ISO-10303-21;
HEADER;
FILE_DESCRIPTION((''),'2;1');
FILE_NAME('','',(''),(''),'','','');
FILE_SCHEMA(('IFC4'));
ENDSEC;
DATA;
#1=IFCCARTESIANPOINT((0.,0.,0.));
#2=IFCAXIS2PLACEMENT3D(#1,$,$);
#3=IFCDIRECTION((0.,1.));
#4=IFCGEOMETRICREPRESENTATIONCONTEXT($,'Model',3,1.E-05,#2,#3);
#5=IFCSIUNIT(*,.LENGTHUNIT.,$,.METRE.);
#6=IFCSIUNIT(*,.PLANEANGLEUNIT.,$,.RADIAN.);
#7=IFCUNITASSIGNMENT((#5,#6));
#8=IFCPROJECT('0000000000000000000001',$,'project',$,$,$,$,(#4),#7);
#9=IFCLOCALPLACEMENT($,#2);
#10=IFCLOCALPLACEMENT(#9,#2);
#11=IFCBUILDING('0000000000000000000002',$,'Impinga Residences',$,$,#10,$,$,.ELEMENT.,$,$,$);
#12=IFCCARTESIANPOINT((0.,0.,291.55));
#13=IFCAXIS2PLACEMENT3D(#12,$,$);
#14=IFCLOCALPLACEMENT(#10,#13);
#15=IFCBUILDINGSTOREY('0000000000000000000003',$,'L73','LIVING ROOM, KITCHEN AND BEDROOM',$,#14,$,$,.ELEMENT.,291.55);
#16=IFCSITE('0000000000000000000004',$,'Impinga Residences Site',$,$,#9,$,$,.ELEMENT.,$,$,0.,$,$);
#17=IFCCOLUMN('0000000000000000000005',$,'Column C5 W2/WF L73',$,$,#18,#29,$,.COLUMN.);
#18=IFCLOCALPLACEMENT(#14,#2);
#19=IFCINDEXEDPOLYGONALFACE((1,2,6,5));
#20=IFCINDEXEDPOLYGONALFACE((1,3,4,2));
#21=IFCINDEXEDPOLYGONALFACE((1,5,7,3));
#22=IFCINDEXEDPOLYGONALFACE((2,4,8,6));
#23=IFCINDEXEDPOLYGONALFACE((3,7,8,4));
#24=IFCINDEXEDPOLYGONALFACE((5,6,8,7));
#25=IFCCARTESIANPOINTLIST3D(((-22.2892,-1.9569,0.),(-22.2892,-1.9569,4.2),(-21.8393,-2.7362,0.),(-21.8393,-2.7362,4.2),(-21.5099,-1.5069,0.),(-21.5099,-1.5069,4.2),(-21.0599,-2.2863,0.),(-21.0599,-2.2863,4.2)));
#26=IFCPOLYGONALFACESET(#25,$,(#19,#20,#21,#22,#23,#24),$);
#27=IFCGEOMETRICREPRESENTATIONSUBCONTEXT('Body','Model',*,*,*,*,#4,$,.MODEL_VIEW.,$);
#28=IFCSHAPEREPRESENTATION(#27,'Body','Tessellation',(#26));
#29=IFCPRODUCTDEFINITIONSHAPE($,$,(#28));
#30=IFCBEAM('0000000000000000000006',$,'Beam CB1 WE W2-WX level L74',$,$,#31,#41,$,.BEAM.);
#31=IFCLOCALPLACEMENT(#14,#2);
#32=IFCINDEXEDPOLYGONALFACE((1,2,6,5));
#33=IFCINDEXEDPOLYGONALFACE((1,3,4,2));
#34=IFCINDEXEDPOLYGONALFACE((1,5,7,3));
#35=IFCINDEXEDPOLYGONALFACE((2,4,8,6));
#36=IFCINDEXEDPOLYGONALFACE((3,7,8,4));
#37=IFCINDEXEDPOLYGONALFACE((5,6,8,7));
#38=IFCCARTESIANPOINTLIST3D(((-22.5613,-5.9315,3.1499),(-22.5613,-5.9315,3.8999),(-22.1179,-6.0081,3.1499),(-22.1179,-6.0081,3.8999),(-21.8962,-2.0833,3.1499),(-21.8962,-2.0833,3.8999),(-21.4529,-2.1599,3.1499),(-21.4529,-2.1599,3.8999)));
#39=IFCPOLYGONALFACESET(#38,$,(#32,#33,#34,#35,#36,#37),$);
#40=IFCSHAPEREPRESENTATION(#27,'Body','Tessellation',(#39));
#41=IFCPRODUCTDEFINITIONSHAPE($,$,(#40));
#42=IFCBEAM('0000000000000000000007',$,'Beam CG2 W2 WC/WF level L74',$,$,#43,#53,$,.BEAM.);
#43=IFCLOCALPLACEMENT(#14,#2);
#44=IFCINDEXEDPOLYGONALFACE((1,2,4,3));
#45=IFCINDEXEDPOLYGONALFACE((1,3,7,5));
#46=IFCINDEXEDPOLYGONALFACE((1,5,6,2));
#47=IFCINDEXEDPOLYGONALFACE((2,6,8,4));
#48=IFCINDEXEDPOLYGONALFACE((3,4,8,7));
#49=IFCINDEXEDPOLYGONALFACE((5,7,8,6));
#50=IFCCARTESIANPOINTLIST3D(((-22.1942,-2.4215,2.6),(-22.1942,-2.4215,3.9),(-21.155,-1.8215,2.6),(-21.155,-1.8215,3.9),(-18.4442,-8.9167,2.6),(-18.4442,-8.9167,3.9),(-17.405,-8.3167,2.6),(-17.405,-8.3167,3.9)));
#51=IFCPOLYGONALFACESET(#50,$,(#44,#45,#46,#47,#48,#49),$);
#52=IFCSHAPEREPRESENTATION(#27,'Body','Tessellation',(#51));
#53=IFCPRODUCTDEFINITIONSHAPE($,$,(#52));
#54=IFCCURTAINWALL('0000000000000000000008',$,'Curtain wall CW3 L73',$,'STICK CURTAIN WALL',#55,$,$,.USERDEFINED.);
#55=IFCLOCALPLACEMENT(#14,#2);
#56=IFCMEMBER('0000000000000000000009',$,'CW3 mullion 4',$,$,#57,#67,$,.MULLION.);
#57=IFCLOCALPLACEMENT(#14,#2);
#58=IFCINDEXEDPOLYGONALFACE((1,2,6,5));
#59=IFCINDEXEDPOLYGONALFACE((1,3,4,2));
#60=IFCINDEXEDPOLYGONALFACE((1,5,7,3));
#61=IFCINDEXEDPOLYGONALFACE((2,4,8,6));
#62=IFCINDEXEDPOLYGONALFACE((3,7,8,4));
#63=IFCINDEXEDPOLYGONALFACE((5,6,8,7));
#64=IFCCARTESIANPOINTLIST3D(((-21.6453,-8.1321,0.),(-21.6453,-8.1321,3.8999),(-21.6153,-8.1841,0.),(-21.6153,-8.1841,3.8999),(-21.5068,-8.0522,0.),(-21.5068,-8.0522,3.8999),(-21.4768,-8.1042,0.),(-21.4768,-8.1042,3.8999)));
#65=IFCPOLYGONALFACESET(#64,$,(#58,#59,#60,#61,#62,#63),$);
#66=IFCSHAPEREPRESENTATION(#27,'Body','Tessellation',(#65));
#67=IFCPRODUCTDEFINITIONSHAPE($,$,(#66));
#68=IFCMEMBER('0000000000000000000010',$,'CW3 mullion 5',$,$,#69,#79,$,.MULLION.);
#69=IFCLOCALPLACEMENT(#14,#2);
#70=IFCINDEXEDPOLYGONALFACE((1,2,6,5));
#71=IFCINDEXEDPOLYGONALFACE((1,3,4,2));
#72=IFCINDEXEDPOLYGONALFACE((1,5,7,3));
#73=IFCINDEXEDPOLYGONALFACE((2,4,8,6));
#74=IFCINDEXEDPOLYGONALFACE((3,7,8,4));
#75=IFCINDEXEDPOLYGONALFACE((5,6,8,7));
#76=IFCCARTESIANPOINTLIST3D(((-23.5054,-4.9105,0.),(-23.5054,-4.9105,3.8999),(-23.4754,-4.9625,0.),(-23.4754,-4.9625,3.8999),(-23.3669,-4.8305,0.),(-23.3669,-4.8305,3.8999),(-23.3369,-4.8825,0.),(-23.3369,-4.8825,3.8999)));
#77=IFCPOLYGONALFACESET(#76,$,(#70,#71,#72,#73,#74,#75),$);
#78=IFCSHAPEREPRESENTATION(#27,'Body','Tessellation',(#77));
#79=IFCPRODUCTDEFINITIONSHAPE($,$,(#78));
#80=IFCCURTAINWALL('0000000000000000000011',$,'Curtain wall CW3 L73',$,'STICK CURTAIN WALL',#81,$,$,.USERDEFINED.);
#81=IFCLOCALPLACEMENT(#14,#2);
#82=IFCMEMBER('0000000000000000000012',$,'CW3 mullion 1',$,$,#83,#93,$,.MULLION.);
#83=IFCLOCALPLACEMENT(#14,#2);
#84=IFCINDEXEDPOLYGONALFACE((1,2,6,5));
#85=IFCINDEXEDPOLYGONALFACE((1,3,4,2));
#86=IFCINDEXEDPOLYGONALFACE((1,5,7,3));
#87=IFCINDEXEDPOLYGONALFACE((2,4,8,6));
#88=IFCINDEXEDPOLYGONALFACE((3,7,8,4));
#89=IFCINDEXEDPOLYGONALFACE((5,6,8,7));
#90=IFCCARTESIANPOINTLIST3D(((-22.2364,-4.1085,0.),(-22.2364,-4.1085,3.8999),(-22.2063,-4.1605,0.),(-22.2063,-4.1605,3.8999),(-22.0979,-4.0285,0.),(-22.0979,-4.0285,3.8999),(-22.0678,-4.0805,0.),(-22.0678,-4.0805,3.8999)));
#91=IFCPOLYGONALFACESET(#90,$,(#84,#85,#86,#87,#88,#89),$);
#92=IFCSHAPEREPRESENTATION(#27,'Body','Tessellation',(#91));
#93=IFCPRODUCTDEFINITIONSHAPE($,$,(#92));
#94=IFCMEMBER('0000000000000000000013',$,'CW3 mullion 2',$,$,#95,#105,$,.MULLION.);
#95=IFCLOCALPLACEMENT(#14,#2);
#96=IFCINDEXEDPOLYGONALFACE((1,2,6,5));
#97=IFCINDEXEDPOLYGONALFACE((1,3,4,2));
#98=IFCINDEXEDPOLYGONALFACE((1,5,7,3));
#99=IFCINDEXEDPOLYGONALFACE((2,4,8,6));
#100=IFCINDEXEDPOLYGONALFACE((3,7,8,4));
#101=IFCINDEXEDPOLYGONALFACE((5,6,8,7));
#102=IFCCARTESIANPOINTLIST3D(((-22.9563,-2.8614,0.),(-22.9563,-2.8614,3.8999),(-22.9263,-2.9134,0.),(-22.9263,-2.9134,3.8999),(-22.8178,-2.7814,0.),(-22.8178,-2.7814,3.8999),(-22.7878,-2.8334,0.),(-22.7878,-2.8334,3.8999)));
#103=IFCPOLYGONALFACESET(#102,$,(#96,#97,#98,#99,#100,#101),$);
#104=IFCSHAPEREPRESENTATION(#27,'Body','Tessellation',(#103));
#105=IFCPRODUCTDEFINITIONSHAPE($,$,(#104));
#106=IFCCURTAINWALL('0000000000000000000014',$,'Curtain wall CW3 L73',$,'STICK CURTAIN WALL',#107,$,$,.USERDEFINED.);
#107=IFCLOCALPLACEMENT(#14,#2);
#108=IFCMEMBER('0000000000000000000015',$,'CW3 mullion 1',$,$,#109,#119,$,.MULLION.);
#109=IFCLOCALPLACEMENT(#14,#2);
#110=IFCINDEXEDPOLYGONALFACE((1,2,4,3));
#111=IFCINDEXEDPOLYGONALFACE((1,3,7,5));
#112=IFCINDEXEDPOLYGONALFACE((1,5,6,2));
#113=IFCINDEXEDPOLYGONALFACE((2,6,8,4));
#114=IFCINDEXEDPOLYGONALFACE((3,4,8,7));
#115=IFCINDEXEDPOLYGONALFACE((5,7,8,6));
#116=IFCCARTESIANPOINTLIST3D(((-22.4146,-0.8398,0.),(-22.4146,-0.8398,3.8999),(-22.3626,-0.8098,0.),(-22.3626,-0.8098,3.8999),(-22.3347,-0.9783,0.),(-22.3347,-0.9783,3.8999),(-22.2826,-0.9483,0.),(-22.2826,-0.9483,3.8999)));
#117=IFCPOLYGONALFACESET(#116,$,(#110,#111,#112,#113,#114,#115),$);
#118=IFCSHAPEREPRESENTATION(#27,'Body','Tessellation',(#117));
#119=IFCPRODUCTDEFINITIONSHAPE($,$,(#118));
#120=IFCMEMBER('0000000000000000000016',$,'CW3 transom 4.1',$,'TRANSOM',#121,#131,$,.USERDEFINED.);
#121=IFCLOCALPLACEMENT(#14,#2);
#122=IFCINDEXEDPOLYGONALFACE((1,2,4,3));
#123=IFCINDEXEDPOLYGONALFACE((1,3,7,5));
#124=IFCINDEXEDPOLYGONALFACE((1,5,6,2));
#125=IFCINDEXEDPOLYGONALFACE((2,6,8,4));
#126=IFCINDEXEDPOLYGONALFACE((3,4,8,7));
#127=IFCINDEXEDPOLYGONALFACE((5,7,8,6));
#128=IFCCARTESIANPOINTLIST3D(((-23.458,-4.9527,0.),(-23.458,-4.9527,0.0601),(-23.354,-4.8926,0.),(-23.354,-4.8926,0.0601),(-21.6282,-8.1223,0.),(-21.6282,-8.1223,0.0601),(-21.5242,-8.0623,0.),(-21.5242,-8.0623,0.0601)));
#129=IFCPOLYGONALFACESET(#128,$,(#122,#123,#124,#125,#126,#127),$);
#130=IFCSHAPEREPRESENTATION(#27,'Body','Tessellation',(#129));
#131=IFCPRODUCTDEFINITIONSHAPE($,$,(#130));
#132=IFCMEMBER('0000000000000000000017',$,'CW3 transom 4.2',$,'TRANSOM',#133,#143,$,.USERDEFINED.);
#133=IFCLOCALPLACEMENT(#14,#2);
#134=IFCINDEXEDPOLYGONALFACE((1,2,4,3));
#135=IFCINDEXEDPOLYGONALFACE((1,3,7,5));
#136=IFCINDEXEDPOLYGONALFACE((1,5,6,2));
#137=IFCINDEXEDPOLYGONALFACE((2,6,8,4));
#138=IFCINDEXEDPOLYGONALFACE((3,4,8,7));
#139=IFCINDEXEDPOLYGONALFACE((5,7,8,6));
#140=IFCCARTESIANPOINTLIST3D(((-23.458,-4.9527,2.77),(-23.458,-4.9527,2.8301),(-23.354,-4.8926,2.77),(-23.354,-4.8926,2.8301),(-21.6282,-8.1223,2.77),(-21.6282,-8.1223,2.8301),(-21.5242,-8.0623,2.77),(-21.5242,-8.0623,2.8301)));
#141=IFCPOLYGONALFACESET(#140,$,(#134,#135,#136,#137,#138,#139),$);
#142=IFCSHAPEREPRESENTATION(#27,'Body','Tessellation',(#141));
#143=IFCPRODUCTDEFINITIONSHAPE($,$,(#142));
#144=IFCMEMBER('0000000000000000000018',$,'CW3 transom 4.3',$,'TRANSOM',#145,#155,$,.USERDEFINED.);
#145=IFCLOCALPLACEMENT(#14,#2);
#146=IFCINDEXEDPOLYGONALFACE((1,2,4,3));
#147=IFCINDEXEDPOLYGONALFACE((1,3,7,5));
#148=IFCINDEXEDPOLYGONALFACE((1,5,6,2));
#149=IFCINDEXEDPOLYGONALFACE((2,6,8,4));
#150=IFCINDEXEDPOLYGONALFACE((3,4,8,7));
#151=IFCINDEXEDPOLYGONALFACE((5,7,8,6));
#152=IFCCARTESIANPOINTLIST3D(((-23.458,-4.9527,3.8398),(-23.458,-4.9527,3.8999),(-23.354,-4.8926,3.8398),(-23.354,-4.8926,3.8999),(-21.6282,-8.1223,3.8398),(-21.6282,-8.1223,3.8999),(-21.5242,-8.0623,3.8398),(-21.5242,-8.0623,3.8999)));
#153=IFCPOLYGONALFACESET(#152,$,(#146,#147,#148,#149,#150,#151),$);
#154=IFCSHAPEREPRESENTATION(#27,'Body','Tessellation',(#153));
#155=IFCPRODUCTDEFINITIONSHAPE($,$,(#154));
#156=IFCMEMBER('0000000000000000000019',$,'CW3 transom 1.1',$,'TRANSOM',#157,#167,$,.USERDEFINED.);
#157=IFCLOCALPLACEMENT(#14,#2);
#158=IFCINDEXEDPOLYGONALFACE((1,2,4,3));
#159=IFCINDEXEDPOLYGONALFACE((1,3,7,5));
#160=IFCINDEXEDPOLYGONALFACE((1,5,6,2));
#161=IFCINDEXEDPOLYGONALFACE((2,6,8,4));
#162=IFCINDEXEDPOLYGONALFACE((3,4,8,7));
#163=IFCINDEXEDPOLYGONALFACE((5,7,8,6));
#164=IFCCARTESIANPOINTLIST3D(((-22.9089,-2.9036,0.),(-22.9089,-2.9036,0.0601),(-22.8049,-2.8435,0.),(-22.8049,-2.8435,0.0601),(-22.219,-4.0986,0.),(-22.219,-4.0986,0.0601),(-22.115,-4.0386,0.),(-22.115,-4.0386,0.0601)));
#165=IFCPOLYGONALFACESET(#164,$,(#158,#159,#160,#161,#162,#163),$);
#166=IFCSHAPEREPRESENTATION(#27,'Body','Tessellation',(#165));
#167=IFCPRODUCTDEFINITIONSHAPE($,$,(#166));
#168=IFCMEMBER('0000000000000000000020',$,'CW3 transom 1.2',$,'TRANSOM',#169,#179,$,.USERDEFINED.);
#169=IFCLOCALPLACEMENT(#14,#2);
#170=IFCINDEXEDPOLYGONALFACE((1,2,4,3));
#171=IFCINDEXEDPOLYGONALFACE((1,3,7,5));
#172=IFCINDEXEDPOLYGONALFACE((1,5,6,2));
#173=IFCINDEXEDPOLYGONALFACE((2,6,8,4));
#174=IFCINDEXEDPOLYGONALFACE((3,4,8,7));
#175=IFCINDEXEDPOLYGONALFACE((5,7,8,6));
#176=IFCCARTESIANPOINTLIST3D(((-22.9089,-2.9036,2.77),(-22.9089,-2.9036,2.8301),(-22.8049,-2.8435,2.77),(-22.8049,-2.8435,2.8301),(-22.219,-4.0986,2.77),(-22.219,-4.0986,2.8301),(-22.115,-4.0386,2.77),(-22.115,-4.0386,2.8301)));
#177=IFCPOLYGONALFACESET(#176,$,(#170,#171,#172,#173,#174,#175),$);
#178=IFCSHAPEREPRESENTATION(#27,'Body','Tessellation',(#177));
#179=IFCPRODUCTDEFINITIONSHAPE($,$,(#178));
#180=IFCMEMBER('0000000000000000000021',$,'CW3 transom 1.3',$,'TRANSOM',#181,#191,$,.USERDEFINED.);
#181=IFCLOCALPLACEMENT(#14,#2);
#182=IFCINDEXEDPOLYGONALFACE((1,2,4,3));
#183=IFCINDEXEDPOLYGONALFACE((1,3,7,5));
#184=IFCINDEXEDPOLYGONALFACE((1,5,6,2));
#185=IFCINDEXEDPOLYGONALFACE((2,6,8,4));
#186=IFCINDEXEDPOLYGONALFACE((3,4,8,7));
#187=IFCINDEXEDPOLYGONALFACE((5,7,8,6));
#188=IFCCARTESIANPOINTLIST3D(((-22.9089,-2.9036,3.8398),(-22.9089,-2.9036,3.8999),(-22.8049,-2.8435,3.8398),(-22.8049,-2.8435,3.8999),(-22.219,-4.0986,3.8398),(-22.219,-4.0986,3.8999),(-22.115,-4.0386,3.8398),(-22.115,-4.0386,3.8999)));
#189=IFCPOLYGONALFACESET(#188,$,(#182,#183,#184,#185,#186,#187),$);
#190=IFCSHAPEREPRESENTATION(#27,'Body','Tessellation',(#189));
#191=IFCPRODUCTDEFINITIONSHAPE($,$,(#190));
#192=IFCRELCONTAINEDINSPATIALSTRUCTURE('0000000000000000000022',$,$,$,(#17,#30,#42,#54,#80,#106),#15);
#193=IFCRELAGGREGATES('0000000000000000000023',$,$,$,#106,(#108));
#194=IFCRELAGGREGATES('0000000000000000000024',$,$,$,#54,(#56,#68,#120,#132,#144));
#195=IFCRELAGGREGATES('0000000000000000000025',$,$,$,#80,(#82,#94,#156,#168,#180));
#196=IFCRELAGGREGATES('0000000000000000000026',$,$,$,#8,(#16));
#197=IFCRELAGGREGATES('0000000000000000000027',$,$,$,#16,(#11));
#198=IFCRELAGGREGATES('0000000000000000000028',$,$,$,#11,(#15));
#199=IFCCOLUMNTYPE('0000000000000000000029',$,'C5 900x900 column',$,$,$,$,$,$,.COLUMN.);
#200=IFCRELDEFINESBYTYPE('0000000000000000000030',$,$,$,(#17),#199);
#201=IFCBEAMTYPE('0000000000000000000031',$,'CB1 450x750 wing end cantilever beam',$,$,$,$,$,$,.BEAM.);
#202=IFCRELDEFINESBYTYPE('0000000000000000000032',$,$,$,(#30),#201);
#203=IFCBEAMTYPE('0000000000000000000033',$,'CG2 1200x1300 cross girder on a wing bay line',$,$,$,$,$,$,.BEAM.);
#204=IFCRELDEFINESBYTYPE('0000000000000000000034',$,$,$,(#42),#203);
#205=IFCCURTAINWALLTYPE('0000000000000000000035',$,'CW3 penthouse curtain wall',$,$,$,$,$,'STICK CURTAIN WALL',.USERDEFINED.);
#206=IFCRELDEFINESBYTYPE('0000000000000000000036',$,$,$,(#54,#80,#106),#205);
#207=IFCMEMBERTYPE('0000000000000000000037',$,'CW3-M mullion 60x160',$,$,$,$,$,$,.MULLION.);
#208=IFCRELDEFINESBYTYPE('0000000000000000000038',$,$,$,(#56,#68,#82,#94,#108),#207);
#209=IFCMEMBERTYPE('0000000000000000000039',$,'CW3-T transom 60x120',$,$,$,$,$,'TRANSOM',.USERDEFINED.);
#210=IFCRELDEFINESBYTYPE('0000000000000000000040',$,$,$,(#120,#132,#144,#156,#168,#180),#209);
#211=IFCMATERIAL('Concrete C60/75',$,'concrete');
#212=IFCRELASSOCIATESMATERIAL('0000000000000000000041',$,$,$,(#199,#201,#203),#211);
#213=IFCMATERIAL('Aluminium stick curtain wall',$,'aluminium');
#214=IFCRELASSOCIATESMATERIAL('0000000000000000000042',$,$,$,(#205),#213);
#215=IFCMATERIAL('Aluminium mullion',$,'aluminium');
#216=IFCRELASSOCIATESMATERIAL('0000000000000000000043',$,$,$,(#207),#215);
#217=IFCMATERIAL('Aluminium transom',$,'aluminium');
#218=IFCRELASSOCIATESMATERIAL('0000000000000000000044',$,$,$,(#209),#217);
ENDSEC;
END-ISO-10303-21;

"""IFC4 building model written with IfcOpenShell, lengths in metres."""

from ifc_helpers import new_model, si_unit, direction, frame, origin, origin_2d, place, context, subcontext, project, spatial, rectangle, extrude, material, material_profile, profile_set, type_object, element, aggregate, save


model = new_model("IFC4")

# Units and contexts
model_context = context("Model", 3, precision=1e-05, world=origin(), true_north=direction((0.0, 1.0)))
body_context = subcontext(model_context, "Body", "Model", "MODEL_VIEW")
ifc_project = project(units=[si_unit("LENGTHUNIT", "METRE"), si_unit("PLANEANGLEUNIT", "RADIAN")], contexts=[model_context])

# Site, building, storey
site_placement = place(None, origin())
site = spatial("IfcSite", under=ifc_project, at=site_placement, Name="Impinga Residences Site", CompositionType="ELEMENT", RefElevation=0.0)
building_placement = place(site_placement, origin())
building = spatial("IfcBuilding", under=site, at=building_placement, Name="Impinga Residences", CompositionType="ELEMENT")
storey_placement = place(building_placement, frame((0.0, 0.0, 291.55)))
storey = spatial("IfcBuildingStorey", under=building, at=storey_placement, Name="L73", Description="LIVING ROOM, KITCHEN AND BEDROOM", CompositionType="ELEMENT", Elevation=291.55)

# Column
ifc_material_1 = material(Name="Concrete C60/75", Category="concrete")
ifc_material_profile_1 = material_profile(ifc_material_1, rectangle(XDim=0.8999, YDim=0.8999, at=origin_2d()), Name="RC 900x900")
ifc_profile_set_1 = profile_set([ifc_material_profile_1], Name="Concrete C60/75")
column_type = type_object("IfcColumnType", Name="C5 900x900 column", PredefinedType="COLUMN", material=ifc_profile_set_1)
column_placement = place(storey_placement, frame((-21.6746, -2.1216, 0.0), z_axis=(0.0, 0.0, 1.0), x_axis=(-0.5, 0.866025, 0.0)))
element("IfcColumn", 1, at=column_placement, inside=storey, type_object=column_type, Name="Column C5 W2/WF L73", PredefinedType="COLUMN", context=body_context, shape_type="SweptSolid", body=[
    extrude(rectangle(XDim=0.8999, YDim=0.8999, at=origin_2d()), origin(), (0.0, 0.0, 1.0), 4.2),
])

# Beams
ifc_material_profile_2 = material_profile(ifc_material_1, rectangle(XDim=0.45, YDim=0.75, at=origin_2d()), Name="RC 450x750")
ifc_profile_set_2 = profile_set([ifc_material_profile_2], Name="Concrete C60/75")
beam_type_1 = type_object("IfcBeamType", Name="CB1 450x750 wing end cantilever beam", PredefinedType="BEAM", material=ifc_profile_set_2)
beam_1_placement = place(storey_placement, frame((-21.6746, -2.1216, 3.5249), z_axis=(-0.170296, -0.985393, 0.0), x_axis=(0.985393, -0.170296, 0.0)))
element("IfcBeam", 2, at=beam_1_placement, inside=storey, type_object=beam_type_1, Name="Beam CB1 WE W2-WX level L74", PredefinedType="BEAM", context=body_context, shape_type="SweptSolid", body=[
    extrude(rectangle(XDim=0.45, YDim=0.75, at=origin_2d()), origin(), (0.0, 0.0, 1.0), 3.9053),
])
ifc_material_profile_3 = material_profile(ifc_material_1, rectangle(XDim=1.2, YDim=1.3, at=origin_2d()), Name="RC 1200x1300")
ifc_profile_set_3 = profile_set([ifc_material_profile_3], Name="Concrete C60/75")
beam_type_2 = type_object("IfcBeamType", Name="CG2 1200x1300 cross girder on a wing bay line", PredefinedType="BEAM", material=ifc_profile_set_3)
beam_2_placement = place(storey_placement, frame((-17.9246, -8.6167, 3.25), z_axis=(-0.500004, 0.866023, 0.0), x_axis=(-0.866023, -0.500004, 0.0)))
element("IfcBeam", 3, at=beam_2_placement, inside=storey, type_object=beam_type_2, Name="Beam CG2 W2 WC/WF level L74", PredefinedType="BEAM", context=body_context, shape_type="SweptSolid", body=[
    extrude(rectangle(XDim=1.2, YDim=1.3, at=origin_2d()), origin(), (0.0, 0.0, 1.0), 7.5),
])

# Curtain walls, members
ifc_material_2 = material(Name="Aluminium stick curtain wall", Category="aluminium")
curtain_wall_type = type_object("IfcCurtainWallType", Name="CW3 penthouse curtain wall", ElementType="STICK CURTAIN WALL", PredefinedType="USERDEFINED", material=ifc_material_2)
curtain_wall_1_placement = place(storey_placement, origin())
curtain_wall_1 = element("IfcCurtainWall", 4, at=curtain_wall_1_placement, inside=storey, type_object=curtain_wall_type, Name="Curtain wall CW3 L73", ObjectType="STICK CURTAIN WALL", PredefinedType="USERDEFINED")
ifc_material_3 = material(Name="Aluminium mullion", Category="aluminium")
ifc_material_profile_4 = material_profile(ifc_material_3, rectangle(XDim=0.0601, YDim=0.1599, at=origin_2d()), Name="60x160 mullion")
ifc_profile_set_4 = profile_set([ifc_material_profile_4], Name="Aluminium mullion")
member_type_1 = type_object("IfcMemberType", Name="CW3-M mullion 60x160", PredefinedType="MULLION", material=ifc_profile_set_4)
member_1_placement = place(storey_placement, frame((-21.561, -8.1182, 0.0), z_axis=(0.0, 0.0, 1.0), x_axis=(-0.5, 0.866025, 0.0)))
member_1 = element("IfcMember", 5, at=member_1_placement, type_object=member_type_1, Name="CW3 mullion 4", PredefinedType="MULLION", context=body_context, shape_type="SweptSolid", body=[
    extrude(rectangle(XDim=0.0601, YDim=0.1599, at=origin_2d()), origin(), (0.0, 0.0, 1.0), 3.8999),
])
member_2_placement = place(storey_placement, frame((-23.4211, -4.8965, 0.0), z_axis=(0.0, 0.0, 1.0), x_axis=(-0.5, 0.866025, 0.0)))
member_2 = element("IfcMember", 6, at=member_2_placement, type_object=member_type_1, Name="CW3 mullion 5", PredefinedType="MULLION", context=body_context, shape_type="SweptSolid", body=[
    extrude(rectangle(XDim=0.0601, YDim=0.1599, at=origin_2d()), origin(), (0.0, 0.0, 1.0), 3.8999),
])
curtain_wall_2_placement = place(storey_placement, origin())
curtain_wall_2 = element("IfcCurtainWall", 7, at=curtain_wall_2_placement, inside=storey, type_object=curtain_wall_type, Name="Curtain wall CW3 L73", ObjectType="STICK CURTAIN WALL", PredefinedType="USERDEFINED")
member_3_placement = place(storey_placement, frame((-22.1521, -4.0945, 0.0), z_axis=(0.0, 0.0, 1.0), x_axis=(-0.5, 0.866025, 0.0)))
member_3 = element("IfcMember", 8, at=member_3_placement, type_object=member_type_1, Name="CW3 mullion 1", PredefinedType="MULLION", context=body_context, shape_type="SweptSolid", body=[
    extrude(rectangle(XDim=0.0601, YDim=0.1599, at=origin_2d()), origin(), (0.0, 0.0, 1.0), 3.8999),
])
member_4_placement = place(storey_placement, frame((-22.8721, -2.8474, 0.0), z_axis=(0.0, 0.0, 1.0), x_axis=(-0.5, 0.866025, 0.0)))
member_4 = element("IfcMember", 9, at=member_4_placement, type_object=member_type_1, Name="CW3 mullion 2", PredefinedType="MULLION", context=body_context, shape_type="SweptSolid", body=[
    extrude(rectangle(XDim=0.0601, YDim=0.1599, at=origin_2d()), origin(), (0.0, 0.0, 1.0), 3.8999),
])

# Curtain wall, member
curtain_wall_3_placement = place(storey_placement, origin())
curtain_wall_3 = element("IfcCurtainWall", 10, at=curtain_wall_3_placement, inside=storey, type_object=curtain_wall_type, Name="Curtain wall CW3 L73", ObjectType="STICK CURTAIN WALL", PredefinedType="USERDEFINED")
member_5_placement = place(storey_placement, frame((-22.3486, -0.894, 0.0), z_axis=(0.0, 0.0, 1.0), x_axis=(0.866025, 0.5, 0.0)))
member_5 = element("IfcMember", 11, at=member_5_placement, type_object=member_type_1, Name="CW3 mullion 1", PredefinedType="MULLION", context=body_context, shape_type="SweptSolid", body=[
    extrude(rectangle(XDim=0.0601, YDim=0.1599, at=origin_2d()), origin(), (0.0, 0.0, 1.0), 3.8999),
])

# Members
ifc_material_4 = material(Name="Aluminium transom", Category="aluminium")
ifc_material_profile_5 = material_profile(ifc_material_4, rectangle(XDim=0.0601, YDim=0.1201, at=origin_2d()), Name="60x120 transom")
ifc_profile_set_5 = profile_set([ifc_material_profile_5], Name="Aluminium transom")
member_type_2 = type_object("IfcMemberType", Name="CW3-T transom 60x120", ElementType="TRANSOM", PredefinedType="USERDEFINED", material=ifc_profile_set_5)
member_6_placement = place(storey_placement, frame((-21.5762, -8.0923, 0.03), z_axis=(-0.499963, 0.866047, 0.0), x_axis=(0.0, 0.0, 1.0)))
member_6 = element("IfcMember", 12, at=member_6_placement, type_object=member_type_2, Name="CW3 transom 4.1", ObjectType="TRANSOM", PredefinedType="USERDEFINED", context=body_context, shape_type="SweptSolid", body=[
    extrude(rectangle(XDim=0.0601, YDim=0.1201, at=origin_2d()), origin(), (0.0, 0.0, 1.0), 3.6599),
])
member_7_placement = place(storey_placement, frame((-21.5762, -8.0923, 2.8), z_axis=(-0.499963, 0.866047, 0.0), x_axis=(0.0, 0.0, 1.0)))
member_7 = element("IfcMember", 13, at=member_7_placement, type_object=member_type_2, Name="CW3 transom 4.2", ObjectType="TRANSOM", PredefinedType="USERDEFINED", context=body_context, shape_type="SweptSolid", body=[
    extrude(rectangle(XDim=0.0601, YDim=0.1201, at=origin_2d()), origin(), (0.0, 0.0, 1.0), 3.6599),
])
member_8_placement = place(storey_placement, frame((-21.5762, -8.0923, 3.8699), z_axis=(-0.499963, 0.866047, 0.0), x_axis=(0.0, 0.0, 1.0)))
member_8 = element("IfcMember", 14, at=member_8_placement, type_object=member_type_2, Name="CW3 transom 4.3", ObjectType="TRANSOM", PredefinedType="USERDEFINED", context=body_context, shape_type="SweptSolid", body=[
    extrude(rectangle(XDim=0.0601, YDim=0.1201, at=origin_2d()), origin(), (0.0, 0.0, 1.0), 3.6599),
])
member_9_placement = place(storey_placement, frame((-22.167, -4.0686, 0.03), z_axis=(-0.499983, 0.866035, 0.0), x_axis=(0.0, 0.0, 1.0)))
member_9 = element("IfcMember", 15, at=member_9_placement, type_object=member_type_2, Name="CW3 transom 1.1", ObjectType="TRANSOM", PredefinedType="USERDEFINED", context=body_context, shape_type="SweptSolid", body=[
    extrude(rectangle(XDim=0.0601, YDim=0.1201, at=origin_2d()), origin(), (0.0, 0.0, 1.0), 1.3799),
])
member_10_placement = place(storey_placement, frame((-22.167, -4.0686, 2.8), z_axis=(-0.499983, 0.866035, 0.0), x_axis=(0.0, 0.0, 1.0)))
member_10 = element("IfcMember", 16, at=member_10_placement, type_object=member_type_2, Name="CW3 transom 1.2", ObjectType="TRANSOM", PredefinedType="USERDEFINED", context=body_context, shape_type="SweptSolid", body=[
    extrude(rectangle(XDim=0.0601, YDim=0.1201, at=origin_2d()), origin(), (0.0, 0.0, 1.0), 1.3799),
])
member_11_placement = place(storey_placement, frame((-22.167, -4.0686, 3.8699), z_axis=(-0.499983, 0.866035, 0.0), x_axis=(0.0, 0.0, 1.0)))
member_11 = element("IfcMember", 17, at=member_11_placement, type_object=member_type_2, Name="CW3 transom 1.3", ObjectType="TRANSOM", PredefinedType="USERDEFINED", context=body_context, shape_type="SweptSolid", body=[
    extrude(rectangle(XDim=0.0601, YDim=0.1201, at=origin_2d()), origin(), (0.0, 0.0, 1.0), 1.3799),
])
aggregate(curtain_wall_3, [member_5])

aggregate(curtain_wall_1, [member_1, member_2, member_6, member_7, member_8])
aggregate(curtain_wall_2, [member_3, member_4, member_9, member_10, member_11])

save(model, "model.ifc")
